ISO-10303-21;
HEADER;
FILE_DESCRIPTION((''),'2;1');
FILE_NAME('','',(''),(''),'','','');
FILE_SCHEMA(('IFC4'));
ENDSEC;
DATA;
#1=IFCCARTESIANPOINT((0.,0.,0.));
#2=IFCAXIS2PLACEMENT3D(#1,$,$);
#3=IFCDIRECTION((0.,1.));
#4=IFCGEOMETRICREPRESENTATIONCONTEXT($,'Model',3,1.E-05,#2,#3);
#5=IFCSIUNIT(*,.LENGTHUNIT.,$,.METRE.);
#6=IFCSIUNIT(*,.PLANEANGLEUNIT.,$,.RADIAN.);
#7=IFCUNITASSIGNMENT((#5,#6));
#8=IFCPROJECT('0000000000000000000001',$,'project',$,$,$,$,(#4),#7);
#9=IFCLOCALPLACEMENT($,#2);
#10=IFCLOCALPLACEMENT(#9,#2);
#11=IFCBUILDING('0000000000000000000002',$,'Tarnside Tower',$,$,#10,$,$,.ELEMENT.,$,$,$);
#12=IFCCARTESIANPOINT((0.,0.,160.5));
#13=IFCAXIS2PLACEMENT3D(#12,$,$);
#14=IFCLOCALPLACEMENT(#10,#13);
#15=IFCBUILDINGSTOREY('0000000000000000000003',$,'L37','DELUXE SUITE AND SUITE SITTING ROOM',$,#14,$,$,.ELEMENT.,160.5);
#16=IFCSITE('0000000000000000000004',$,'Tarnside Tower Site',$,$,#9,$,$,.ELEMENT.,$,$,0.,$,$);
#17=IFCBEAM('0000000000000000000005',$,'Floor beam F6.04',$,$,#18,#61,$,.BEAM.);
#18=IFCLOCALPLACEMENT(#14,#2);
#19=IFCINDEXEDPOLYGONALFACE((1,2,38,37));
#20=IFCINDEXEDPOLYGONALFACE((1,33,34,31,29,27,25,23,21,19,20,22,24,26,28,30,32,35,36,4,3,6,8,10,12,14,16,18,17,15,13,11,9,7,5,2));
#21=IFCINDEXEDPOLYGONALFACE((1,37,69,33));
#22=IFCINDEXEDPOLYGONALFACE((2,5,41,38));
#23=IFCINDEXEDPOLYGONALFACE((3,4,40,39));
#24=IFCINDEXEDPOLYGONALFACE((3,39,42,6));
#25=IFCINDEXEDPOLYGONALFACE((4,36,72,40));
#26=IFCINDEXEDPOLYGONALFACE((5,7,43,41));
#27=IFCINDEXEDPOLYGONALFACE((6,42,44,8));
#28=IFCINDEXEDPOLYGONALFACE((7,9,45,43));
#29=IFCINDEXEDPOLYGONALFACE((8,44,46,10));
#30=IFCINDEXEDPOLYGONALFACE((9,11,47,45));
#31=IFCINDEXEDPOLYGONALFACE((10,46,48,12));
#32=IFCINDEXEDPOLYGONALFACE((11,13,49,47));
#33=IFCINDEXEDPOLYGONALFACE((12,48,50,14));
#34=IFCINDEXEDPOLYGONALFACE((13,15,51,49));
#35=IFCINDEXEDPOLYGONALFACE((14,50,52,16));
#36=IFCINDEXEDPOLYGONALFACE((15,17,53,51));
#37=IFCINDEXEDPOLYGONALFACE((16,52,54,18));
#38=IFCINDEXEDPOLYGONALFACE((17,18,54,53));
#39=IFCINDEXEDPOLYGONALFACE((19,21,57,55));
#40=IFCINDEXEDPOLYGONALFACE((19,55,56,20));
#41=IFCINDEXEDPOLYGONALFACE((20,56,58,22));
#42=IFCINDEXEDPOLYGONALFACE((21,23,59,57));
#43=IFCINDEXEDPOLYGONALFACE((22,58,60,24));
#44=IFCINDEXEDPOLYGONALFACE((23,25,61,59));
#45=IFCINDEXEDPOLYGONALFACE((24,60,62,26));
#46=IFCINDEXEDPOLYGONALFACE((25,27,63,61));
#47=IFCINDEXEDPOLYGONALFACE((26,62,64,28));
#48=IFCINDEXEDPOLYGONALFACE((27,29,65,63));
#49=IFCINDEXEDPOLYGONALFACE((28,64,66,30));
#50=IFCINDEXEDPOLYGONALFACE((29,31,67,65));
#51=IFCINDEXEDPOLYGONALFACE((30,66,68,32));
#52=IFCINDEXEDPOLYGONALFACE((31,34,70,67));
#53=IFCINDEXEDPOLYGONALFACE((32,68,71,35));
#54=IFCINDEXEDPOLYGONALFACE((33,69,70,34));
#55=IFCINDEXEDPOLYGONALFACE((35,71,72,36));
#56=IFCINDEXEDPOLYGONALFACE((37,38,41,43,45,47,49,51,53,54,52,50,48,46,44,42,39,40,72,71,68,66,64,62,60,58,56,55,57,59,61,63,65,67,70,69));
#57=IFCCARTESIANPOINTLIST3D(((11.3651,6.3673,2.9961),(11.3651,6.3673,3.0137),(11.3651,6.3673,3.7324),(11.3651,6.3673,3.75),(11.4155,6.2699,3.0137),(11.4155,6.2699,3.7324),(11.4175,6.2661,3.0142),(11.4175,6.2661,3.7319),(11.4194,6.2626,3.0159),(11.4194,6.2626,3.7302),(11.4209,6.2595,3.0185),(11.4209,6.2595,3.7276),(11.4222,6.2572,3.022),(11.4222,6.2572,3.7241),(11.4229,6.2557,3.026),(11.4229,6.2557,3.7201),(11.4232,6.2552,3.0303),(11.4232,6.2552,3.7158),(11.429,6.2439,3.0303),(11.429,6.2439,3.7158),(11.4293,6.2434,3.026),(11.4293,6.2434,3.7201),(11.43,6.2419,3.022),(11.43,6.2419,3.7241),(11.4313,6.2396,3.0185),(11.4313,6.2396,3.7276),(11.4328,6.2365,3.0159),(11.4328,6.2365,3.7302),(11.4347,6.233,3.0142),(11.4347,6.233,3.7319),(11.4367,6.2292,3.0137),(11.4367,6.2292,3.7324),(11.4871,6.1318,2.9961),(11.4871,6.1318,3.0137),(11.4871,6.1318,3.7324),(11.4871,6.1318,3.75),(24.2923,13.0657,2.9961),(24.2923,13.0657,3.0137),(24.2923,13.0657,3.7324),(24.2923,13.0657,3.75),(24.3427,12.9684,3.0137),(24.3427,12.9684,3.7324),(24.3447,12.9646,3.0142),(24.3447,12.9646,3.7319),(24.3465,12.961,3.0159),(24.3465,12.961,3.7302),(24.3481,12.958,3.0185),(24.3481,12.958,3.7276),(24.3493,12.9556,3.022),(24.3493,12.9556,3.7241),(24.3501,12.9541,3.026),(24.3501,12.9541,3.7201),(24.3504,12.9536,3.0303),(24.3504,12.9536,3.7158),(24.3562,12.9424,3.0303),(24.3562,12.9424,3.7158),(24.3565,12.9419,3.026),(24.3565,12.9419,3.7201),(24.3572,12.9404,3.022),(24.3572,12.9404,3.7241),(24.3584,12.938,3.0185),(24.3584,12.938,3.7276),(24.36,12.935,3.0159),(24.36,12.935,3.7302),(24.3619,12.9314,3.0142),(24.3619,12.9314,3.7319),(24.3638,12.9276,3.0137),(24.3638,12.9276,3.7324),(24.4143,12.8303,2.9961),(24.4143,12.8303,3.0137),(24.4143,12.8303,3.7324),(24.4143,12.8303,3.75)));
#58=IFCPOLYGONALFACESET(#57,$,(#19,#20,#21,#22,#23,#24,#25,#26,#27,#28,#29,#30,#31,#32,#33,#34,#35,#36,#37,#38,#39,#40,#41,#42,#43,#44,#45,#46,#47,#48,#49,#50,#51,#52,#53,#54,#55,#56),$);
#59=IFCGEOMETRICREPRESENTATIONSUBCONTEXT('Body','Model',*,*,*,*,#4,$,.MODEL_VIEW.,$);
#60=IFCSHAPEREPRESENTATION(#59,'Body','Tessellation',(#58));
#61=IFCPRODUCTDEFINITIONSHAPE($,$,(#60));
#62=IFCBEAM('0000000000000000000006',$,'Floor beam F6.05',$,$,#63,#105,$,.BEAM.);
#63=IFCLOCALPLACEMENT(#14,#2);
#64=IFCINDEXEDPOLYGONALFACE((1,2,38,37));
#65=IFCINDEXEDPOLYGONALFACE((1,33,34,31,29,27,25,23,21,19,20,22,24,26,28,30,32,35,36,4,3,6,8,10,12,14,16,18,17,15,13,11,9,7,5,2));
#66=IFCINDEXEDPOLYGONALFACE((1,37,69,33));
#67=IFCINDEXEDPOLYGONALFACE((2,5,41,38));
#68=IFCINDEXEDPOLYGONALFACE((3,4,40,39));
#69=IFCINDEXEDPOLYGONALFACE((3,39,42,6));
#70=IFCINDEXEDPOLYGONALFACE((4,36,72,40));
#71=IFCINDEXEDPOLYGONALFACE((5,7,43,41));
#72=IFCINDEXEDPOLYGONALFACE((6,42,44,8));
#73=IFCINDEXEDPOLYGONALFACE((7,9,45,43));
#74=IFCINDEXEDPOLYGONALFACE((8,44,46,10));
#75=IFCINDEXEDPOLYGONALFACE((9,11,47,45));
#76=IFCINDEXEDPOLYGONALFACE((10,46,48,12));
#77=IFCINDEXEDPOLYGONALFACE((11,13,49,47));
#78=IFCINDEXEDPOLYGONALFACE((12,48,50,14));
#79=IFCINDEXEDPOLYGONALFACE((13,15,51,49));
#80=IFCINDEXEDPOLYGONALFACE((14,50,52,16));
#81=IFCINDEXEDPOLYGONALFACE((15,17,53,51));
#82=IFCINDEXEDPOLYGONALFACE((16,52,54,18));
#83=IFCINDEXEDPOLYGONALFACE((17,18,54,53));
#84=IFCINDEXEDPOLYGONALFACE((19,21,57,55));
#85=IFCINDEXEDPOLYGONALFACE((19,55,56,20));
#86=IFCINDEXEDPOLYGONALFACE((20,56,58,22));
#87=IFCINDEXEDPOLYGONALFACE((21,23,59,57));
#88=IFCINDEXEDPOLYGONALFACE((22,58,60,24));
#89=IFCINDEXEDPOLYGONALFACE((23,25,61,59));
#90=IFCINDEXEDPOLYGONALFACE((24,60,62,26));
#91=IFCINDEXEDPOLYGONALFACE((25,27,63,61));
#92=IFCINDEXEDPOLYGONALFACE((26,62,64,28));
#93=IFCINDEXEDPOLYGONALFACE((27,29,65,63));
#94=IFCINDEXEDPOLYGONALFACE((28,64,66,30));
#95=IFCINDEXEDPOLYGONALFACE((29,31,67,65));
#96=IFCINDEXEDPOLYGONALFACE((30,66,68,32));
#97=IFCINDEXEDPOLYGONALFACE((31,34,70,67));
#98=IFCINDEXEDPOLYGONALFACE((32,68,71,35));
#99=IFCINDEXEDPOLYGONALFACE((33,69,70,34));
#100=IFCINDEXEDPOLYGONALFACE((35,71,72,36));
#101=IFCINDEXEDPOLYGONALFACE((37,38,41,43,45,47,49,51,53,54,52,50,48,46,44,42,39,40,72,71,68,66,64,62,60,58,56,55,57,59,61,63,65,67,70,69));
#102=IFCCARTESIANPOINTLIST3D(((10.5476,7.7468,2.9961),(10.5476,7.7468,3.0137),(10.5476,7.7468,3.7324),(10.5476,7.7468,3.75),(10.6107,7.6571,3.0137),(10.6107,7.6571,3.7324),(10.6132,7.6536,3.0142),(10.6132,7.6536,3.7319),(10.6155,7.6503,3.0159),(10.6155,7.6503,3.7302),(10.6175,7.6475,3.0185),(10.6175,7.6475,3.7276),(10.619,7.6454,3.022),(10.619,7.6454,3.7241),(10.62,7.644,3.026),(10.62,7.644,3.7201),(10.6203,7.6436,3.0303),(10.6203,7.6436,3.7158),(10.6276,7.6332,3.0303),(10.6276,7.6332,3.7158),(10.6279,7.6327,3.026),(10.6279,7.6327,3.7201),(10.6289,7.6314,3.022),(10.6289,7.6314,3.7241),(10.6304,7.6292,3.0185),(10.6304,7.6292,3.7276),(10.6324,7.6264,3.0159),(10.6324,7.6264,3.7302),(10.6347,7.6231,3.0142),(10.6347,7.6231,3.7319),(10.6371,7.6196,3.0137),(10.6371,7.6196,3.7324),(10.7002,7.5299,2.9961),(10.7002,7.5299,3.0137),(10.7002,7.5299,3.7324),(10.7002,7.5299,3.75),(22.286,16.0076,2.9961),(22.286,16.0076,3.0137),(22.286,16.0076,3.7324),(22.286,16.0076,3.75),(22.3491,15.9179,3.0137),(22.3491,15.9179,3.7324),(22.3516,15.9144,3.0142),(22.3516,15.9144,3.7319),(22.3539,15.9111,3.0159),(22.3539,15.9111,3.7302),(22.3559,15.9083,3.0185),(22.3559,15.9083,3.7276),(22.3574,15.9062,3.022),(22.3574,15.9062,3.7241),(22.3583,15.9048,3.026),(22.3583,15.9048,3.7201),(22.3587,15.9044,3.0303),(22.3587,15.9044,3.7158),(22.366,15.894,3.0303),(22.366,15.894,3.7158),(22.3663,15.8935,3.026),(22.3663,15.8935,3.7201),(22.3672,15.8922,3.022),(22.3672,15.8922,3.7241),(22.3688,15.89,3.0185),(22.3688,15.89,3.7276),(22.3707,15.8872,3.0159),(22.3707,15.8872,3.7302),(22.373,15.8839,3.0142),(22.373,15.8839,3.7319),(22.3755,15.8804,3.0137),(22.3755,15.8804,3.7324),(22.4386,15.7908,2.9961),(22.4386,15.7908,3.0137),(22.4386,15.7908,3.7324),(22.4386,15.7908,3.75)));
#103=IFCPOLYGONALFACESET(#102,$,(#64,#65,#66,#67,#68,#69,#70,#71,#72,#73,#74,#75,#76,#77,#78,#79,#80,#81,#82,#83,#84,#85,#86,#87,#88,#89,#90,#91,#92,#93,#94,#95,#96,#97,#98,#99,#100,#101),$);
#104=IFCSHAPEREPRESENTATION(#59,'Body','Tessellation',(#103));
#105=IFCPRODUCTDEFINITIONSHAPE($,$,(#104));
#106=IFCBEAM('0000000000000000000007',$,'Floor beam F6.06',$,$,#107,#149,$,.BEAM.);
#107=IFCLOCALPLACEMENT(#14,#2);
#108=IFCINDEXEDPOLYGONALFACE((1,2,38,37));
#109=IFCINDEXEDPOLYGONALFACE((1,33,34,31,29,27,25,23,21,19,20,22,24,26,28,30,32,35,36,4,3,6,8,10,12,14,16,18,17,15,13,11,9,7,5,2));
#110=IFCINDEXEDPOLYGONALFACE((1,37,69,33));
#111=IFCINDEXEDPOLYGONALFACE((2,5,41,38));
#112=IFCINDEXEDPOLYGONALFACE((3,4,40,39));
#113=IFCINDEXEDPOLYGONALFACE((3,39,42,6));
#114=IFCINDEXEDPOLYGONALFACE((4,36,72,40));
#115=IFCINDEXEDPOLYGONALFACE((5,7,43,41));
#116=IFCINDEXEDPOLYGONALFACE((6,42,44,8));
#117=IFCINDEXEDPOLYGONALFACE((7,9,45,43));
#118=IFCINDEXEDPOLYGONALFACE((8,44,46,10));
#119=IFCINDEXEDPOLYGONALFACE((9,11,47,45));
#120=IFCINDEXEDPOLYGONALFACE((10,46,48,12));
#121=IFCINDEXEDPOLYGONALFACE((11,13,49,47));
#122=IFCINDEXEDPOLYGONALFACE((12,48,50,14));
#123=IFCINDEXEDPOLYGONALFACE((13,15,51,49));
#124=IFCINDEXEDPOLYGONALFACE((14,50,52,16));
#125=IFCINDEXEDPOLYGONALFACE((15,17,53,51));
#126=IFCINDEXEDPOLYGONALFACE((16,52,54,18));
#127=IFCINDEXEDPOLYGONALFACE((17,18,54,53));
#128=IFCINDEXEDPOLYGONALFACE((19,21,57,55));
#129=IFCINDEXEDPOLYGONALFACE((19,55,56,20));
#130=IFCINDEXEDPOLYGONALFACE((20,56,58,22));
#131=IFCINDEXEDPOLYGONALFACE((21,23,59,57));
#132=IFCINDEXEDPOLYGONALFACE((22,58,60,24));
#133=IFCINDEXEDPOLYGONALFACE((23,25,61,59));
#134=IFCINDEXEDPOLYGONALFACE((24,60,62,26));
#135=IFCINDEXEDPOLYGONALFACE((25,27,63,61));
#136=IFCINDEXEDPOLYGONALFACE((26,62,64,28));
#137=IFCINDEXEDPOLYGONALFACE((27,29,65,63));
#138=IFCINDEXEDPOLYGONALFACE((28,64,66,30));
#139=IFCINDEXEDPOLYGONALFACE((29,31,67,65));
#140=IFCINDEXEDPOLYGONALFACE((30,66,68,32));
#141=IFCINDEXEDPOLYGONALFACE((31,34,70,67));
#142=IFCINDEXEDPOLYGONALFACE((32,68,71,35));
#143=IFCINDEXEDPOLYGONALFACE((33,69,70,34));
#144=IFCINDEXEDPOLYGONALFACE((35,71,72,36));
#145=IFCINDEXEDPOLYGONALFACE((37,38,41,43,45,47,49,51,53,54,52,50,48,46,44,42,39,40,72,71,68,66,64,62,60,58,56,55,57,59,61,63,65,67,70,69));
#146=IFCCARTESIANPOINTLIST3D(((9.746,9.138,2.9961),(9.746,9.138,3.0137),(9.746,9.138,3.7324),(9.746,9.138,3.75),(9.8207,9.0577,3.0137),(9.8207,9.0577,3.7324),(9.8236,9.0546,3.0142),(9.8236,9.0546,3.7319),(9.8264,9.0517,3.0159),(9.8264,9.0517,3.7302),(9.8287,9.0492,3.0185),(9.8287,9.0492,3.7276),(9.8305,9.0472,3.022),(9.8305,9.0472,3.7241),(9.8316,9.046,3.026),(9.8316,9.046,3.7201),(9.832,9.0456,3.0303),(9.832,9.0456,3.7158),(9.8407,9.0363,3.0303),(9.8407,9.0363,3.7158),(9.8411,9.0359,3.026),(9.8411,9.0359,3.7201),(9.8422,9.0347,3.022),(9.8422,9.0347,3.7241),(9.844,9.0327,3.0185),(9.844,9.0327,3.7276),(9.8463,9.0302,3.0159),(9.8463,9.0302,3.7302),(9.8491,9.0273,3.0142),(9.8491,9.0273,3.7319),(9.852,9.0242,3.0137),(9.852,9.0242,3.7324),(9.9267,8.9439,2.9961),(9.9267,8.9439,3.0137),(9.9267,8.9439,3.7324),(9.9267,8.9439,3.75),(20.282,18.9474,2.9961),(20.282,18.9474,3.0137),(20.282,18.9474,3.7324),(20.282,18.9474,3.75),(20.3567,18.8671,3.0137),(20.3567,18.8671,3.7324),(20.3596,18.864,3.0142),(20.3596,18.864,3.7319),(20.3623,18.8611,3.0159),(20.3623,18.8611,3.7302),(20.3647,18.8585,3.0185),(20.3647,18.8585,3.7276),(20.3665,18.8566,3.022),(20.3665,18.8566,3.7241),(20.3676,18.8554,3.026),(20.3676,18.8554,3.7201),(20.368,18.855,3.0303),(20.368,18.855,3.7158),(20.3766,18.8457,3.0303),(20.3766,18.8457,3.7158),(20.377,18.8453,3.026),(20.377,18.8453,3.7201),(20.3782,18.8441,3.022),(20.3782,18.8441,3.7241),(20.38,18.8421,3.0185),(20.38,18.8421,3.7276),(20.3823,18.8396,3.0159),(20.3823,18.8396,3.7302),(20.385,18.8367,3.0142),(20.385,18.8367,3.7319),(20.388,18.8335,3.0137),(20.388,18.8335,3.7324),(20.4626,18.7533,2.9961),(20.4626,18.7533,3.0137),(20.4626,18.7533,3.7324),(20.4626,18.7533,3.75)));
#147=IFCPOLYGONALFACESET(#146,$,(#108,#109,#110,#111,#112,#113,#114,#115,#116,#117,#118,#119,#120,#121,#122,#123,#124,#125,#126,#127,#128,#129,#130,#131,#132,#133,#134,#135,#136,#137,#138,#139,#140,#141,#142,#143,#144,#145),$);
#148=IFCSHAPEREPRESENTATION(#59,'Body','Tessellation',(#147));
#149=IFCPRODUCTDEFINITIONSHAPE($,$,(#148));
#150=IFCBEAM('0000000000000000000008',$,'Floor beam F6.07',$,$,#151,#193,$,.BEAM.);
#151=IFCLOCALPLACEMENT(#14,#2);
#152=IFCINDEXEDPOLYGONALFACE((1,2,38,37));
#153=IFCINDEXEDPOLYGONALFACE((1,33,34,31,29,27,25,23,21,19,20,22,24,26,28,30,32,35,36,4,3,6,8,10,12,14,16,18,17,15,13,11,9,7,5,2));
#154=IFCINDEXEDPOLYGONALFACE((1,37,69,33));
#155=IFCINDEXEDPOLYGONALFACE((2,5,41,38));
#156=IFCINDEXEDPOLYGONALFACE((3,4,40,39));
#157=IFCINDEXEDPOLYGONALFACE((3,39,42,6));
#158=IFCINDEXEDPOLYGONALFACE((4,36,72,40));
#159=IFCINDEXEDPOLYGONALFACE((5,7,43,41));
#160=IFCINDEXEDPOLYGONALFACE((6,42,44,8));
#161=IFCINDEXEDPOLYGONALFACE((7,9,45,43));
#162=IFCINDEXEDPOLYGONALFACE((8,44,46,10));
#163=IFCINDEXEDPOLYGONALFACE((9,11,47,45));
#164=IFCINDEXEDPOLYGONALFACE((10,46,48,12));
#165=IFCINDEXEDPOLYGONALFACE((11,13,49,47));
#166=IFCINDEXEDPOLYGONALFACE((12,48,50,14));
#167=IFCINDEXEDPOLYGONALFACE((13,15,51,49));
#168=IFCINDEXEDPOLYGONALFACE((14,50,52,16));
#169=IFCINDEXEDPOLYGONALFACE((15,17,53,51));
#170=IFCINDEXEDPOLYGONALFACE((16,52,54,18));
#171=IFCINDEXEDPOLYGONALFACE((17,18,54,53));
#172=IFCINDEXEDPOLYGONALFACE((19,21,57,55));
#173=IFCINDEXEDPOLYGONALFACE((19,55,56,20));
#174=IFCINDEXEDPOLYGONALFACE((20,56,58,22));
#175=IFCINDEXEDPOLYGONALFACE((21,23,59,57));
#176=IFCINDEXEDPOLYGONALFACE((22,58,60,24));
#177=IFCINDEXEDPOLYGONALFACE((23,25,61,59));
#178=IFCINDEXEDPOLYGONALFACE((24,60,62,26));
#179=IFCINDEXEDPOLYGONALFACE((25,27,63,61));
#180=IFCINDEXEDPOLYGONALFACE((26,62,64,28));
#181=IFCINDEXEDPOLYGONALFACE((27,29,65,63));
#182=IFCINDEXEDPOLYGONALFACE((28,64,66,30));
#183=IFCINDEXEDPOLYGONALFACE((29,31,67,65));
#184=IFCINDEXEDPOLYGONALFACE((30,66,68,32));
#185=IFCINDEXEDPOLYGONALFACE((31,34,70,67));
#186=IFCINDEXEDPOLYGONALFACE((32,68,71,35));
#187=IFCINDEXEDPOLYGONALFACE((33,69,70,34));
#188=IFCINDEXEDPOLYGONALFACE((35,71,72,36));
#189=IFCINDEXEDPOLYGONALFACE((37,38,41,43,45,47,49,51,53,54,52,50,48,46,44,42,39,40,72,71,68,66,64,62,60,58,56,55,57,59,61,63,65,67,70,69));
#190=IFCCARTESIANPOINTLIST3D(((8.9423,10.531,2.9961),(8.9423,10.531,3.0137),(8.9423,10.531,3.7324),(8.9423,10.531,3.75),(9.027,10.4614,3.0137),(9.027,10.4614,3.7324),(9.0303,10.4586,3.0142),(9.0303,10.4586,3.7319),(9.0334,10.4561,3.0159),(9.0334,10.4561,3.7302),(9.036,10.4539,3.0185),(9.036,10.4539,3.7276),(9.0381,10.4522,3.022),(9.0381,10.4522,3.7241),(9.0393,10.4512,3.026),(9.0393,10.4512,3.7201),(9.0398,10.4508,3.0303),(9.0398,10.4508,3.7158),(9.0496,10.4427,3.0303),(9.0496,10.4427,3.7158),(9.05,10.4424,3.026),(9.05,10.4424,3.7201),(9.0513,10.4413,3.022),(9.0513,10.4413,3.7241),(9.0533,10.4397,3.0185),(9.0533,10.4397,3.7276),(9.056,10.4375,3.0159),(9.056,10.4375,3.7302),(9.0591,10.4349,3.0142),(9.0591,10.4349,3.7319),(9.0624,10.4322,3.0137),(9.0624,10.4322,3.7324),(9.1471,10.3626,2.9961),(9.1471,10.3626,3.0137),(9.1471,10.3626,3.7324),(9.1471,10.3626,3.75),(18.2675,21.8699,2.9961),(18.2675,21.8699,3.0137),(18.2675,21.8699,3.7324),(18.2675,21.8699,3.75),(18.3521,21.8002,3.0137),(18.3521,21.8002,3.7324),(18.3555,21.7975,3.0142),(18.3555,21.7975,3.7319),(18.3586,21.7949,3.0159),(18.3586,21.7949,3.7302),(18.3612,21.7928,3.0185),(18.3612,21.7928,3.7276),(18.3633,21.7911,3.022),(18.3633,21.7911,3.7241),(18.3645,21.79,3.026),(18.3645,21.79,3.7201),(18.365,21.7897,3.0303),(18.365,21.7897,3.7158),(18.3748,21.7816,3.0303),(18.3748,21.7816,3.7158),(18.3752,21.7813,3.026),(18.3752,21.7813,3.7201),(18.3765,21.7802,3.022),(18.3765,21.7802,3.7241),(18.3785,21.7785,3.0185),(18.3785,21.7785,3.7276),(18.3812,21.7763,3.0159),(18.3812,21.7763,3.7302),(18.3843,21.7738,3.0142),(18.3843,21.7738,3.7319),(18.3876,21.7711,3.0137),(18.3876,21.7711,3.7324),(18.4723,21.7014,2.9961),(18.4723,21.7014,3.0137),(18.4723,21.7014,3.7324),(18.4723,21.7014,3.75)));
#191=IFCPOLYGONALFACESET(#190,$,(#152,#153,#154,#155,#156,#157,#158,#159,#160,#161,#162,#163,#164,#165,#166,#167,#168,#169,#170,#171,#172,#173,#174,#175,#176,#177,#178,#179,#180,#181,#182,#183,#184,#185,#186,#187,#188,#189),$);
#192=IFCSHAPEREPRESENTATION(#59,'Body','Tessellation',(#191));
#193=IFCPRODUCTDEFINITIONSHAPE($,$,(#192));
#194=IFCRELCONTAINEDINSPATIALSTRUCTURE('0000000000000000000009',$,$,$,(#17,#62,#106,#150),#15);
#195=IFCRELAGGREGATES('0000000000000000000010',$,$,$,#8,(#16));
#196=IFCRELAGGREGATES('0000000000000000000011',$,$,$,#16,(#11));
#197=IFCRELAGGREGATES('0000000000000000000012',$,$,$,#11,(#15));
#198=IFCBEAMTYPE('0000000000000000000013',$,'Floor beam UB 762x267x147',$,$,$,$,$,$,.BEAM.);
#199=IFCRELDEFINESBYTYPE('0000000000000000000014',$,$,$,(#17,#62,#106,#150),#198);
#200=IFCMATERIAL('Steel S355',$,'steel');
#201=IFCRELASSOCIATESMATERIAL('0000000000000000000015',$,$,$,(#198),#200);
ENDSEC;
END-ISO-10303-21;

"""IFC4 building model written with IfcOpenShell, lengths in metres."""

from ifc_helpers import new_model, si_unit, direction, frame, origin, origin_2d, place, context, subcontext, project, spatial, i_section, extrude, material, material_profile, profile_set, type_object, element, save


model = new_model("IFC4")

# Units and contexts
model_context = context("Model", 3, precision=1e-05, world=origin(), true_north=direction((0.0, 1.0)))
body_context = subcontext(model_context, "Body", "Model", "MODEL_VIEW")
ifc_project = project(units=[si_unit("LENGTHUNIT", "METRE"), si_unit("PLANEANGLEUNIT", "RADIAN")], contexts=[model_context])

# Site, building, storey
site_placement = place(None, origin())
site = spatial("IfcSite", under=ifc_project, at=site_placement, Name="Tarnside Tower Site", CompositionType="ELEMENT", RefElevation=0.0)
building_placement = place(site_placement, origin())
building = spatial("IfcBuilding", under=site, at=building_placement, Name="Tarnside Tower", CompositionType="ELEMENT")
storey_placement = place(building_placement, frame((0.0, 0.0, 160.5)))
storey = spatial("IfcBuildingStorey", under=building, at=storey_placement, Name="L37", Description="DELUXE SUITE AND SUITE SITTING ROOM", CompositionType="ELEMENT", Elevation=160.5)

# Beams
ifc_material_1 = material(Name="Steel S355", Category="steel")
ifc_material_profile_1 = material_profile(ifc_material_1, i_section(OverallWidth=0.2651, OverallDepth=0.7539, WebThickness=0.0127, FlangeThickness=0.0176, FilletRadius=0.0166, at=origin_2d()), Name="UB 762x267x147")
ifc_profile_set_1 = profile_set([ifc_material_profile_1], Name="Steel S355")
beam_type_1 = type_object("IfcBeamType", Name="Floor beam UB 762x267x147", PredefinedType="BEAM", material=ifc_profile_set_1)
beam_1_placement = place(storey_placement, frame((24.3533, 12.948, 3.373), z_axis=(-0.887882, -0.460072, 0.0), x_axis=(0.460072, -0.887882, 0.0)))
element("IfcBeam", 1, at=beam_1_placement, inside=storey, type_object=beam_type_1, Name="Floor beam F6.04", PredefinedType="BEAM", context=body_context, shape_type="SweptSolid", body=[
    extrude(i_section(OverallWidth=0.2651, OverallDepth=0.7539, WebThickness=0.0127, FlangeThickness=0.0176, FilletRadius=0.0166, at=origin_2d()), origin(), (0.0, 0.0, 1.0), 14.5596),
])
beam_2_placement = place(storey_placement, frame((22.3623, 15.8992, 3.373), z_axis=(-0.817791, -0.575515, 0.0), x_axis=(0.575515, -0.817791, 0.0)))
element("IfcBeam", 2, at=beam_2_placement, inside=storey, type_object=beam_type_1, Name="Floor beam F6.05", PredefinedType="BEAM", context=body_context, shape_type="SweptSolid", body=[
    extrude(i_section(OverallWidth=0.2651, OverallDepth=0.7539, WebThickness=0.0127, FlangeThickness=0.0176, FilletRadius=0.0166, at=origin_2d()), origin(), (0.0, 0.0, 1.0), 14.3538),
])
beam_3_placement = place(storey_placement, frame((20.3723, 18.8503, 3.373), z_axis=(-0.731892, -0.68142, 0.0), x_axis=(0.68142, -0.731892, 0.0)))
element("IfcBeam", 3, at=beam_3_placement, inside=storey, type_object=beam_type_1, Name="Floor beam F6.06", PredefinedType="BEAM", context=body_context, shape_type="SweptSolid", body=[
    extrude(i_section(OverallWidth=0.2651, OverallDepth=0.7539, WebThickness=0.0127, FlangeThickness=0.0176, FilletRadius=0.0166, at=origin_2d()), origin(), (0.0, 0.0, 1.0), 14.3955),
])
beam_4_placement = place(storey_placement, frame((18.3699, 21.7856, 3.373), z_axis=(-0.635192, -0.772354, 0.0), x_axis=(0.772354, -0.635192, 0.0)))
element("IfcBeam", 4, at=beam_4_placement, inside=storey, type_object=beam_type_1, Name="Floor beam F6.07", PredefinedType="BEAM", context=body_context, shape_type="SweptSolid", body=[
    extrude(i_section(OverallWidth=0.2651, OverallDepth=0.7539, WebThickness=0.0127, FlangeThickness=0.0176, FilletRadius=0.0166, at=origin_2d()), origin(), (0.0, 0.0, 1.0), 14.6809),
])

save(model, "model.ifc")
